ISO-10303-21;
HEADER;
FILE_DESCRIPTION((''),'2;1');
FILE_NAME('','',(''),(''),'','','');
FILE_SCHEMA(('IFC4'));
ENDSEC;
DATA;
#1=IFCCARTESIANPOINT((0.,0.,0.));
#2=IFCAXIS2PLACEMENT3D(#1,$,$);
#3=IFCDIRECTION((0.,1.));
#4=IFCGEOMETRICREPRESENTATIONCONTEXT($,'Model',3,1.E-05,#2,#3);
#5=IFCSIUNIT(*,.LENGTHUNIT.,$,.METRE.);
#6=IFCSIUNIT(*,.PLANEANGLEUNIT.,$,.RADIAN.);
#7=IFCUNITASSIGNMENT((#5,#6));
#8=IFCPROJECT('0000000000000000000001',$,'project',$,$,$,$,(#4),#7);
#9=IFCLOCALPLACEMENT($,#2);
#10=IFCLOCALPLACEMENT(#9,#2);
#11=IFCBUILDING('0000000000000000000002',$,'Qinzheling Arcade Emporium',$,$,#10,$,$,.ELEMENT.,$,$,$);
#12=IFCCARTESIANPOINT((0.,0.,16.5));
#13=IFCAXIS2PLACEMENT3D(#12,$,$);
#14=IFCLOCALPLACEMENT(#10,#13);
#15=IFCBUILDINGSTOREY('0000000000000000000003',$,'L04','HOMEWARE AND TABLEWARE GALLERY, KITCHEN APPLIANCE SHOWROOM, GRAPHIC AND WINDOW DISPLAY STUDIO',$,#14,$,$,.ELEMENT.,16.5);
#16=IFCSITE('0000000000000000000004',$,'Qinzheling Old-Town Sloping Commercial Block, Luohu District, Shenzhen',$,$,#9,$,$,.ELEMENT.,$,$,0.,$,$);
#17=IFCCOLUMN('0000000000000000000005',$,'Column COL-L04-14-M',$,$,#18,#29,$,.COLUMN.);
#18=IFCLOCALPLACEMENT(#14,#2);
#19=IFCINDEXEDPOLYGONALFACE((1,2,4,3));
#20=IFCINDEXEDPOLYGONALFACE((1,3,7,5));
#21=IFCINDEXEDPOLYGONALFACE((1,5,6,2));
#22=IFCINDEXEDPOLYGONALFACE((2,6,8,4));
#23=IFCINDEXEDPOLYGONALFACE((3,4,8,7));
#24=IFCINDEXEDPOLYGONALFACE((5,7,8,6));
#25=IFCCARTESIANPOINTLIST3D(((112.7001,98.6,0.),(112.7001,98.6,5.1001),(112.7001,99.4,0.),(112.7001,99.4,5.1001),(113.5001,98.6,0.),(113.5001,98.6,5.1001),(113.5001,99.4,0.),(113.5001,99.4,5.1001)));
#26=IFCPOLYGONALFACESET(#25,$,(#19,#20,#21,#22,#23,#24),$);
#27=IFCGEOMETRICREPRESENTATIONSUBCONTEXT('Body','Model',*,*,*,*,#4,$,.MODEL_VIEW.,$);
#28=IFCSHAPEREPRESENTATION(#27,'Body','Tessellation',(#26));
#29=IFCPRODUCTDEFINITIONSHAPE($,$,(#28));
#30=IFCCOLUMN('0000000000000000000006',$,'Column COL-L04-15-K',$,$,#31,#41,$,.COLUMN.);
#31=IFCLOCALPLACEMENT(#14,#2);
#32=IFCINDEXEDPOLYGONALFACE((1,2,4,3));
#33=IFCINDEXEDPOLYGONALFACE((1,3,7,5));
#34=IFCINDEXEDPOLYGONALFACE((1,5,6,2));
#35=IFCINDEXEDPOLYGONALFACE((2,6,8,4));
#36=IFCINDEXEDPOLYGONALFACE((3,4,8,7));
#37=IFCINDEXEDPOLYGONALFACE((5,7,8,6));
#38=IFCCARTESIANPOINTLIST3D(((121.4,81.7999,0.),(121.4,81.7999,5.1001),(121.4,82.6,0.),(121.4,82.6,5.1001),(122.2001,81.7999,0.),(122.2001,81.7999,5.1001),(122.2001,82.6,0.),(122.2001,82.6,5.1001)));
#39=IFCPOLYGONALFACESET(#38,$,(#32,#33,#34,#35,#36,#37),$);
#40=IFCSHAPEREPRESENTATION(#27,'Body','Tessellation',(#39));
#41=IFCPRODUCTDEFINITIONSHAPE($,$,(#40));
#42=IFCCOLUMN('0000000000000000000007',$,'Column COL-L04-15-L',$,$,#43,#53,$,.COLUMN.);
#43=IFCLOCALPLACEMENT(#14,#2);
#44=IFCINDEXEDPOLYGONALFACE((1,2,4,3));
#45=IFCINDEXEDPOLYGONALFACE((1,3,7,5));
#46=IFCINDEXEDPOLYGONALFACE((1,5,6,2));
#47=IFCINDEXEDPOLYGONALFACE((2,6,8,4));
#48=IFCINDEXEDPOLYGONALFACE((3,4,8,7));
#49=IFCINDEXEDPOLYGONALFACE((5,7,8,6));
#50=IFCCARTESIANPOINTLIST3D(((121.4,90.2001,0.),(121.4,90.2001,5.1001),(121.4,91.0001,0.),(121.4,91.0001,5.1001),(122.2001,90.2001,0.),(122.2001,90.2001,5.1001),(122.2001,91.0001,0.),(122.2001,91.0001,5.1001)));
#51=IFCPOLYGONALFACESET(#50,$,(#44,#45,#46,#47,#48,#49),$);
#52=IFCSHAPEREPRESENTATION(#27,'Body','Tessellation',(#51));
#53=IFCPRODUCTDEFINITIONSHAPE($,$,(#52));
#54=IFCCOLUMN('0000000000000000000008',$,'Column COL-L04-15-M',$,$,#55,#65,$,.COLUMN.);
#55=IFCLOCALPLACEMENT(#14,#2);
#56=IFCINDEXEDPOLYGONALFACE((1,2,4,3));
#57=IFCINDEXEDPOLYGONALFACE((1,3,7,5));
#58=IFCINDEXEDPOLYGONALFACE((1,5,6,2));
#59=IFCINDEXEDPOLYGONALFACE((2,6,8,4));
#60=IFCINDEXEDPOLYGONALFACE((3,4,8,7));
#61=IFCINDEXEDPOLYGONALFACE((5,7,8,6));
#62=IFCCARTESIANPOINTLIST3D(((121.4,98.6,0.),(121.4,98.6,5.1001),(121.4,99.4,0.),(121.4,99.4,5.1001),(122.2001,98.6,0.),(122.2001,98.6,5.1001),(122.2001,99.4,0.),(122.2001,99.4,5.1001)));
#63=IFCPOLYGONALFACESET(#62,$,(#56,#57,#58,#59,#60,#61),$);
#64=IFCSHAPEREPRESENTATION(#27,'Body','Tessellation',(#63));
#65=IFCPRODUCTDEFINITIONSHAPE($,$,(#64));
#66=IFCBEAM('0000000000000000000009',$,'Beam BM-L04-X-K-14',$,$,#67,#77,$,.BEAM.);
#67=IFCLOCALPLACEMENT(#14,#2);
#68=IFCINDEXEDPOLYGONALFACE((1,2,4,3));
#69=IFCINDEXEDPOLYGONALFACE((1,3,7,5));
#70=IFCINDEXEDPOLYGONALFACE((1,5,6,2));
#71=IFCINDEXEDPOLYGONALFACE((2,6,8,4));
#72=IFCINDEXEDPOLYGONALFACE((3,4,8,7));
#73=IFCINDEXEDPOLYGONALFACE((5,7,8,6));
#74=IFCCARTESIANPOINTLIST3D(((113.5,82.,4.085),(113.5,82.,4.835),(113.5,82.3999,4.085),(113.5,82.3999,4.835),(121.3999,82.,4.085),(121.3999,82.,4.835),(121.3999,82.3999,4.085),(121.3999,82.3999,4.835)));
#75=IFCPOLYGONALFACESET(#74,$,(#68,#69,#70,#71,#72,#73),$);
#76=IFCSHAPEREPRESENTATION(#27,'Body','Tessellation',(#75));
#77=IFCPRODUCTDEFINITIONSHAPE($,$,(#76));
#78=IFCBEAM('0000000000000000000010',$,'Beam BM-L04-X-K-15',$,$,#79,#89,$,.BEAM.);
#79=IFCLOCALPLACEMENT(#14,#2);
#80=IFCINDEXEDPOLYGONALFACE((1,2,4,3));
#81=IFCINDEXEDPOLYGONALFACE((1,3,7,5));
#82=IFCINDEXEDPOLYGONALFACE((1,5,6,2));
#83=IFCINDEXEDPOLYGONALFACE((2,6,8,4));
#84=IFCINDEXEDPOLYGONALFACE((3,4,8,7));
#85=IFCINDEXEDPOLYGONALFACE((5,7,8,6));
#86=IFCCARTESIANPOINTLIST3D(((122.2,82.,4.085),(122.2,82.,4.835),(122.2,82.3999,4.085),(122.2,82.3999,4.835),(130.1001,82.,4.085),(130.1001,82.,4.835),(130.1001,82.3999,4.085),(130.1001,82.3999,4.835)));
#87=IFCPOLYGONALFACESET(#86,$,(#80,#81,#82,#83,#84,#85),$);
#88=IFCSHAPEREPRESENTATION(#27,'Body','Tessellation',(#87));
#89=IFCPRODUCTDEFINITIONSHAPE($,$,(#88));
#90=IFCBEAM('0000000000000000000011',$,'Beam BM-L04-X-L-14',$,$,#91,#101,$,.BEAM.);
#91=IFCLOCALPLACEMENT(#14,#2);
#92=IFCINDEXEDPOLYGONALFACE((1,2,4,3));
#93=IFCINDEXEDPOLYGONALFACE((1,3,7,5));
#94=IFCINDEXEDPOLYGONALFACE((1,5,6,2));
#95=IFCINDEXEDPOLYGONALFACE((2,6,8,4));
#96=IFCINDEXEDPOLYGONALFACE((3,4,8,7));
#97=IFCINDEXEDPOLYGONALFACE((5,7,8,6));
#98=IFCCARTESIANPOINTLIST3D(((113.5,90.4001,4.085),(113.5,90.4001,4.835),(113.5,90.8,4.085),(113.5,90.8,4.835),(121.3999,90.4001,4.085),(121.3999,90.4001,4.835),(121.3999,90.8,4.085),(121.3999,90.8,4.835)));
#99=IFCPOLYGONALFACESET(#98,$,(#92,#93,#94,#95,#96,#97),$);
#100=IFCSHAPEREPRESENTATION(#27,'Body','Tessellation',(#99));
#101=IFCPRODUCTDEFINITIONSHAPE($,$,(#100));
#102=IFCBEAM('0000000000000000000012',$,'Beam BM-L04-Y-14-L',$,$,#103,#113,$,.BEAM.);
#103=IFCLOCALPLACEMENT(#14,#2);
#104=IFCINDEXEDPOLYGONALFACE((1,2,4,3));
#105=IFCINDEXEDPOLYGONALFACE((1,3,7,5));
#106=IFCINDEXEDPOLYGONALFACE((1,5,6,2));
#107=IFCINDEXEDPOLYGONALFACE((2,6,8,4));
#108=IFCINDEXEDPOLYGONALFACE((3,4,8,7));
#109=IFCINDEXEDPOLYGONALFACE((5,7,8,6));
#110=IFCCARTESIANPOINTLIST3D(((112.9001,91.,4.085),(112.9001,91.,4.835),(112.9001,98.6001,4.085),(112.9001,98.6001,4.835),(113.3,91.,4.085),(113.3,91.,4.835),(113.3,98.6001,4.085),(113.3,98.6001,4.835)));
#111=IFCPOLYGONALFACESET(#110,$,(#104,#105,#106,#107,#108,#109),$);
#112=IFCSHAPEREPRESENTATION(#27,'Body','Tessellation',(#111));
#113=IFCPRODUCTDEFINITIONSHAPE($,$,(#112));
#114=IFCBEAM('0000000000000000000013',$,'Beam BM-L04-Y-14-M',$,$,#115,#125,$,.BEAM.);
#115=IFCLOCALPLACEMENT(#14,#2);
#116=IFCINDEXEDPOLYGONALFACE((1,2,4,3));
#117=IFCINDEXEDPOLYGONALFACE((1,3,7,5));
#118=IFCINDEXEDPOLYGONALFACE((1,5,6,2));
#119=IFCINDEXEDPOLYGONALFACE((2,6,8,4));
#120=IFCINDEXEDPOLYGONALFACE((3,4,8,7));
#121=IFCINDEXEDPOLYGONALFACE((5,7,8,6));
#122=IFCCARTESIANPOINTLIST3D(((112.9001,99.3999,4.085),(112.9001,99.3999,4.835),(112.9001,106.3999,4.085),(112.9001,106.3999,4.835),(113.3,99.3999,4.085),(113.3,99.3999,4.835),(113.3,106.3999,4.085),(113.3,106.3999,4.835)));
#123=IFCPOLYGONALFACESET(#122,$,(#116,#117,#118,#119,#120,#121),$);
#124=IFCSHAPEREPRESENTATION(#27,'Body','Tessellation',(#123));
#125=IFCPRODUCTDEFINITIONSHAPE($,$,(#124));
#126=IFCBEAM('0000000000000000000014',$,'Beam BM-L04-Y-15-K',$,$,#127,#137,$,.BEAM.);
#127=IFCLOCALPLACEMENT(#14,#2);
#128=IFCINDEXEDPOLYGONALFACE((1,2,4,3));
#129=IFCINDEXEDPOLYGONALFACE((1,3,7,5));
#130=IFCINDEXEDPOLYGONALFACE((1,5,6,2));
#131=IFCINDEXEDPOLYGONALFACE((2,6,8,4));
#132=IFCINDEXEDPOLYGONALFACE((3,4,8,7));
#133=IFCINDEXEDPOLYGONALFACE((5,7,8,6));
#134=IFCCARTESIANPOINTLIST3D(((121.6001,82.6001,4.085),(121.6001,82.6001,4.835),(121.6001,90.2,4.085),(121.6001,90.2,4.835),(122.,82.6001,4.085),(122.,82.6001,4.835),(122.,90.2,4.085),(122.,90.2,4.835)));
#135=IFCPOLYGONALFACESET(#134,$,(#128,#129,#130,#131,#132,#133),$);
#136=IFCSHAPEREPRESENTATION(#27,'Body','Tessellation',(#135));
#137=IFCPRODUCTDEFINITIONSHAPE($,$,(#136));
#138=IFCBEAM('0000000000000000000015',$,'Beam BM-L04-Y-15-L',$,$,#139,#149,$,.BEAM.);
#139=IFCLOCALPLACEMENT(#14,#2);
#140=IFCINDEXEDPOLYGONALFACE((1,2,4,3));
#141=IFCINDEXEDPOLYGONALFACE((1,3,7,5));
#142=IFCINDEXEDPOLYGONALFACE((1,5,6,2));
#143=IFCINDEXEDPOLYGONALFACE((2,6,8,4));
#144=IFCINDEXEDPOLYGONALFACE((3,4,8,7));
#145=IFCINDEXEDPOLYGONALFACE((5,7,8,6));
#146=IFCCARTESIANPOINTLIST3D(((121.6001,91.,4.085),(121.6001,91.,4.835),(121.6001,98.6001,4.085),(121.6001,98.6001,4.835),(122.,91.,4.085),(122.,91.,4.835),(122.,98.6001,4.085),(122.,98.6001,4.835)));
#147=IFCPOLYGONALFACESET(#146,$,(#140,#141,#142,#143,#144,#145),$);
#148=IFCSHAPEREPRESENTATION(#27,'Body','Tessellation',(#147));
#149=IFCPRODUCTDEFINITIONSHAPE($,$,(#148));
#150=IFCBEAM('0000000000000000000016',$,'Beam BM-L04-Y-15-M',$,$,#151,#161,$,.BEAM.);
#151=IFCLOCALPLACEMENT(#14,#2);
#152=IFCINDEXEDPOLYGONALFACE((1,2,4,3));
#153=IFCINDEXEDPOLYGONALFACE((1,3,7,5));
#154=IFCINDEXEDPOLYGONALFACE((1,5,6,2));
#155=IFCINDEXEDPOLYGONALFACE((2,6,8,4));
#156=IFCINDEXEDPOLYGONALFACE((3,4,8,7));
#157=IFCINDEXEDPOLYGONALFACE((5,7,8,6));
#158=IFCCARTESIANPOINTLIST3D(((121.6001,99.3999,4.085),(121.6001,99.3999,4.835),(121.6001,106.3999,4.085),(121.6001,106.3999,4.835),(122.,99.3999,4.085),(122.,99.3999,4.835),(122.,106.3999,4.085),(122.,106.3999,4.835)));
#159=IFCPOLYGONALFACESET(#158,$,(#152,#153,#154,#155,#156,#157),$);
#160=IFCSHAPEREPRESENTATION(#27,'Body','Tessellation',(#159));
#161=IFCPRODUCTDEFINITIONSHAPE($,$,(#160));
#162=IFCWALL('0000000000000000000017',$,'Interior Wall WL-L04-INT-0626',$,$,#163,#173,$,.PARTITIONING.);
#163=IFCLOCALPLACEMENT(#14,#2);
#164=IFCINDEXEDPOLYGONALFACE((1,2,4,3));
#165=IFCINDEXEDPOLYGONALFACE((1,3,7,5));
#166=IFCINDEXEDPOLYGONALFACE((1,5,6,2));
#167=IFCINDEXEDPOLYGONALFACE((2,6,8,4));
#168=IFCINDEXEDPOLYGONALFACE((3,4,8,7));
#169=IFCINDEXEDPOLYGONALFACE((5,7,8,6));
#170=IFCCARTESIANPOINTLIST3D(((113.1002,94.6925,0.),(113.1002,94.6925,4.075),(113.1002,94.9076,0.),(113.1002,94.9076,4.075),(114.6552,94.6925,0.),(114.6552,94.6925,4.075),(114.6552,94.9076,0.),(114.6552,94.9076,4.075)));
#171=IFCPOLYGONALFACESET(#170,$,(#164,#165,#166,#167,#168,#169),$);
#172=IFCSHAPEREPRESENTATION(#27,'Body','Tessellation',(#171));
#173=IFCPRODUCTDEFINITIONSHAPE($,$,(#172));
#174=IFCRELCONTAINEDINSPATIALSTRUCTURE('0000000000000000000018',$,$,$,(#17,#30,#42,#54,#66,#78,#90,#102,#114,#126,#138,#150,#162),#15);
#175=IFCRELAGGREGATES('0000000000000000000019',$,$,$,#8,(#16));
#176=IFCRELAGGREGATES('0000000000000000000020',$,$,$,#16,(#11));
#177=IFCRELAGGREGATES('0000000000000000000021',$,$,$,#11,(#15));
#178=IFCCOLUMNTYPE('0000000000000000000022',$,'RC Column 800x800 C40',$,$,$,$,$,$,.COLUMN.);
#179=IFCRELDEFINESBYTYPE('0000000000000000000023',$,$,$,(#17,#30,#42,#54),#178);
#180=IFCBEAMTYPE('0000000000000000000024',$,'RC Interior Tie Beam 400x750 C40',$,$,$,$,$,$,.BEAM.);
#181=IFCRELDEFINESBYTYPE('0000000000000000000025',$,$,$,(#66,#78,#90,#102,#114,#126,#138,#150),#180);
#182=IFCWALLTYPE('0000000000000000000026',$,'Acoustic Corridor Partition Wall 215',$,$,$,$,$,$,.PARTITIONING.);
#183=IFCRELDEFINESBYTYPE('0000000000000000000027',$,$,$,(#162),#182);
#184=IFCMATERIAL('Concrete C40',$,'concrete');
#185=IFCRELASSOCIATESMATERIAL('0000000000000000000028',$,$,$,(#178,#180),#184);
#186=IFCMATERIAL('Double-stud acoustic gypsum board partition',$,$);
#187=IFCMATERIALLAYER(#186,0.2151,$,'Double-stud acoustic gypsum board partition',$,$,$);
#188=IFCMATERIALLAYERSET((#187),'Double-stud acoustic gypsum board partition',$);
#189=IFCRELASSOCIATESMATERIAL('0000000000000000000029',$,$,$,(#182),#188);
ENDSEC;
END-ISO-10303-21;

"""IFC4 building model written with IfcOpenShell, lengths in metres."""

from ifc_helpers import new_model, si_unit, direction, frame, frame_2d, origin, origin_2d, place, context, subcontext, project, spatial, rectangle, extrude, material, layer, layer_set, material_profile, profile_set, type_object, element, save


model = new_model("IFC4")

# Units and contexts
model_context = context("Model", 3, precision=1e-05, world=origin(), true_north=direction((0.0, 1.0)))
body_context = subcontext(model_context, "Body", "Model", "MODEL_VIEW")
ifc_project = project(units=[si_unit("LENGTHUNIT", "METRE"), si_unit("PLANEANGLEUNIT", "RADIAN")], contexts=[model_context])

# Site, building, storey
site_placement = place(None, origin())
site = spatial("IfcSite", under=ifc_project, at=site_placement, Name="Qinzheling Old-Town Sloping Commercial Block, Luohu District, Shenzhen", CompositionType="ELEMENT", RefElevation=0.0)
building_placement = place(site_placement, origin())
building = spatial("IfcBuilding", under=site, at=building_placement, Name="Qinzheling Arcade Emporium", CompositionType="ELEMENT")
storey_placement = place(building_placement, frame((0.0, 0.0, 16.5)))
storey = spatial("IfcBuildingStorey", under=building, at=storey_placement, Name="L04", Description="HOMEWARE AND TABLEWARE GALLERY, KITCHEN APPLIANCE SHOWROOM, GRAPHIC AND WINDOW DISPLAY STUDIO", CompositionType="ELEMENT", Elevation=16.5)

# Columns
ifc_material_1 = material(Name="Concrete C40", Category="concrete")
ifc_material_profile_1 = material_profile(ifc_material_1, rectangle(XDim=0.8, YDim=0.8, at=origin_2d()), Name="RC 800x800", Category="concrete")
ifc_profile_set_1 = profile_set([ifc_material_profile_1], Name="Concrete C40")
column_type = type_object("IfcColumnType", Name="RC Column 800x800 C40", PredefinedType="COLUMN", material=ifc_profile_set_1)
for number, where, z_axis, x_axis, name in (
    (1, (113.1001, 99.0, 0.0), (0.0, 0.0, 1.0), (1.0, 0.0, 0.0), "Column COL-L04-14-M"),
    (2, (121.8, 82.2, 0.0), (0.0, 0.0, 1.0), (1.0, 0.0, 0.0), "Column COL-L04-15-K"),
    (3, (121.8, 90.6001, 0.0), (0.0, 0.0, 1.0), (1.0, 0.0, 0.0), "Column COL-L04-15-L"),
    (4, (121.8, 99.0, 0.0), (0.0, 0.0, 1.0), (1.0, 0.0, 0.0), "Column COL-L04-15-M"),
):
    element("IfcColumn", number, at=place(storey_placement, frame(where, z_axis=z_axis, x_axis=x_axis)), inside=storey, type_object=column_type, Name=name, PredefinedType="COLUMN", context=body_context, shape_type="SweptSolid", body=[
        extrude(rectangle(XDim=0.8, YDim=0.8, at=origin_2d()), origin(), (0.0, 0.0, 1.0), 5.1001),
    ])

# Beams
ifc_material_profile_2 = material_profile(ifc_material_1, rectangle(XDim=0.3999, YDim=0.75, at=origin_2d()), Name="RC 400x750", Category="concrete")
ifc_profile_set_2 = profile_set([ifc_material_profile_2], Name="Concrete C40")
beam_type = type_object("IfcBeamType", Name="RC Interior Tie Beam 400x750 C40", PredefinedType="BEAM", material=ifc_profile_set_2)
beam_1_placement = place(storey_placement, frame((113.5, 82.2, 4.46), z_axis=(1.0, 0.0, 0.0), x_axis=(0.0, 1.0, 0.0)))
element("IfcBeam", 5, at=beam_1_placement, inside=storey, type_object=beam_type, Name="Beam BM-L04-X-K-14", PredefinedType="BEAM", context=body_context, shape_type="SweptSolid", body=[
    extrude(rectangle(XDim=0.3999, YDim=0.75, at=origin_2d()), origin(), (0.0, 0.0, 1.0), 7.8999),
])
beam_2_placement = place(storey_placement, frame((122.2, 82.2, 4.46), z_axis=(1.0, 0.0, 0.0), x_axis=(0.0, 1.0, 0.0)))
element("IfcBeam", 6, at=beam_2_placement, inside=storey, type_object=beam_type, Name="Beam BM-L04-X-K-15", PredefinedType="BEAM", context=body_context, shape_type="SweptSolid", body=[
    extrude(rectangle(XDim=0.3999, YDim=0.75, at=origin_2d()), origin(), (0.0, 0.0, 1.0), 7.9001),
])
beam_3_placement = place(storey_placement, frame((113.5, 90.6001, 4.46), z_axis=(1.0, 0.0, 0.0), x_axis=(0.0, 1.0, 0.0)))
element("IfcBeam", 7, at=beam_3_placement, inside=storey, type_object=beam_type, Name="Beam BM-L04-X-L-14", PredefinedType="BEAM", context=body_context, shape_type="SweptSolid", body=[
    extrude(rectangle(XDim=0.3999, YDim=0.75, at=origin_2d()), origin(), (0.0, 0.0, 1.0), 7.8999),
])
beam_4_placement = place(storey_placement, frame((113.1001, 91.0, 4.46), z_axis=(0.0, 1.0, 0.0), x_axis=(-1.0, 0.0, 0.0)))
element("IfcBeam", 8, at=beam_4_placement, inside=storey, type_object=beam_type, Name="Beam BM-L04-Y-14-L", PredefinedType="BEAM", context=body_context, shape_type="SweptSolid", body=[
    extrude(rectangle(XDim=0.3999, YDim=0.75, at=origin_2d()), origin(), (0.0, 0.0, 1.0), 7.6001),
])
beam_5_placement = place(storey_placement, frame((113.1001, 99.3999, 4.46), z_axis=(0.0, 1.0, 0.0), x_axis=(-1.0, 0.0, 0.0)))
element("IfcBeam", 9, at=beam_5_placement, inside=storey, type_object=beam_type, Name="Beam BM-L04-Y-14-M", PredefinedType="BEAM", context=body_context, shape_type="SweptSolid", body=[
    extrude(rectangle(XDim=0.3999, YDim=0.75, at=origin_2d()), origin(), (0.0, 0.0, 1.0), 7.0),
])
beam_6_placement = place(storey_placement, frame((121.8, 82.6001, 4.46), z_axis=(0.0, 1.0, 0.0), x_axis=(-1.0, 0.0, 0.0)))
element("IfcBeam", 10, at=beam_6_placement, inside=storey, type_object=beam_type, Name="Beam BM-L04-Y-15-K", PredefinedType="BEAM", context=body_context, shape_type="SweptSolid", body=[
    extrude(rectangle(XDim=0.3999, YDim=0.75, at=origin_2d()), origin(), (0.0, 0.0, 1.0), 7.5999),
])
beam_7_placement = place(storey_placement, frame((121.8, 91.0, 4.46), z_axis=(0.0, 1.0, 0.0), x_axis=(-1.0, 0.0, 0.0)))
element("IfcBeam", 11, at=beam_7_placement, inside=storey, type_object=beam_type, Name="Beam BM-L04-Y-15-L", PredefinedType="BEAM", context=body_context, shape_type="SweptSolid", body=[
    extrude(rectangle(XDim=0.3999, YDim=0.75, at=origin_2d()), origin(), (0.0, 0.0, 1.0), 7.6001),
])
beam_8_placement = place(storey_placement, frame((121.8, 99.3999, 4.46), z_axis=(0.0, 1.0, 0.0), x_axis=(-1.0, 0.0, 0.0)))
element("IfcBeam", 12, at=beam_8_placement, inside=storey, type_object=beam_type, Name="Beam BM-L04-Y-15-M", PredefinedType="BEAM", context=body_context, shape_type="SweptSolid", body=[
    extrude(rectangle(XDim=0.3999, YDim=0.75, at=origin_2d()), origin(), (0.0, 0.0, 1.0), 7.0),
])

# Wall
ifc_material_2 = material(Name="Double-stud acoustic gypsum board partition")
ifc_layer_1 = layer(ifc_material_2, 0.2151, Name="Double-stud acoustic gypsum board partition")
ifc_layer_set_1 = layer_set([ifc_layer_1], Name="Double-stud acoustic gypsum board partition")
wall_type_1 = type_object("IfcWallType", Name="Acoustic Corridor Partition Wall 215", PredefinedType="PARTITIONING", material=ifc_layer_set_1)
wall_1_placement = place(storey_placement, frame((114.655, 94.8, 0.0), z_axis=(0.0, 0.0, 1.0), x_axis=(-1.0, 0.0, 0.0)))
element("IfcWall", 13, at=wall_1_placement, inside=storey, type_object=wall_type_1, Name="Interior Wall WL-L04-INT-0626", PredefinedType="PARTITIONING", context=body_context, shape_type="SweptSolid", body=[
    extrude(rectangle(XDim=1.5549, YDim=0.2151, at=frame_2d((0.7773, 0.0))), origin(), (0.0, 0.0, 1.0), 4.075),
])

save(model, "model.ifc")
